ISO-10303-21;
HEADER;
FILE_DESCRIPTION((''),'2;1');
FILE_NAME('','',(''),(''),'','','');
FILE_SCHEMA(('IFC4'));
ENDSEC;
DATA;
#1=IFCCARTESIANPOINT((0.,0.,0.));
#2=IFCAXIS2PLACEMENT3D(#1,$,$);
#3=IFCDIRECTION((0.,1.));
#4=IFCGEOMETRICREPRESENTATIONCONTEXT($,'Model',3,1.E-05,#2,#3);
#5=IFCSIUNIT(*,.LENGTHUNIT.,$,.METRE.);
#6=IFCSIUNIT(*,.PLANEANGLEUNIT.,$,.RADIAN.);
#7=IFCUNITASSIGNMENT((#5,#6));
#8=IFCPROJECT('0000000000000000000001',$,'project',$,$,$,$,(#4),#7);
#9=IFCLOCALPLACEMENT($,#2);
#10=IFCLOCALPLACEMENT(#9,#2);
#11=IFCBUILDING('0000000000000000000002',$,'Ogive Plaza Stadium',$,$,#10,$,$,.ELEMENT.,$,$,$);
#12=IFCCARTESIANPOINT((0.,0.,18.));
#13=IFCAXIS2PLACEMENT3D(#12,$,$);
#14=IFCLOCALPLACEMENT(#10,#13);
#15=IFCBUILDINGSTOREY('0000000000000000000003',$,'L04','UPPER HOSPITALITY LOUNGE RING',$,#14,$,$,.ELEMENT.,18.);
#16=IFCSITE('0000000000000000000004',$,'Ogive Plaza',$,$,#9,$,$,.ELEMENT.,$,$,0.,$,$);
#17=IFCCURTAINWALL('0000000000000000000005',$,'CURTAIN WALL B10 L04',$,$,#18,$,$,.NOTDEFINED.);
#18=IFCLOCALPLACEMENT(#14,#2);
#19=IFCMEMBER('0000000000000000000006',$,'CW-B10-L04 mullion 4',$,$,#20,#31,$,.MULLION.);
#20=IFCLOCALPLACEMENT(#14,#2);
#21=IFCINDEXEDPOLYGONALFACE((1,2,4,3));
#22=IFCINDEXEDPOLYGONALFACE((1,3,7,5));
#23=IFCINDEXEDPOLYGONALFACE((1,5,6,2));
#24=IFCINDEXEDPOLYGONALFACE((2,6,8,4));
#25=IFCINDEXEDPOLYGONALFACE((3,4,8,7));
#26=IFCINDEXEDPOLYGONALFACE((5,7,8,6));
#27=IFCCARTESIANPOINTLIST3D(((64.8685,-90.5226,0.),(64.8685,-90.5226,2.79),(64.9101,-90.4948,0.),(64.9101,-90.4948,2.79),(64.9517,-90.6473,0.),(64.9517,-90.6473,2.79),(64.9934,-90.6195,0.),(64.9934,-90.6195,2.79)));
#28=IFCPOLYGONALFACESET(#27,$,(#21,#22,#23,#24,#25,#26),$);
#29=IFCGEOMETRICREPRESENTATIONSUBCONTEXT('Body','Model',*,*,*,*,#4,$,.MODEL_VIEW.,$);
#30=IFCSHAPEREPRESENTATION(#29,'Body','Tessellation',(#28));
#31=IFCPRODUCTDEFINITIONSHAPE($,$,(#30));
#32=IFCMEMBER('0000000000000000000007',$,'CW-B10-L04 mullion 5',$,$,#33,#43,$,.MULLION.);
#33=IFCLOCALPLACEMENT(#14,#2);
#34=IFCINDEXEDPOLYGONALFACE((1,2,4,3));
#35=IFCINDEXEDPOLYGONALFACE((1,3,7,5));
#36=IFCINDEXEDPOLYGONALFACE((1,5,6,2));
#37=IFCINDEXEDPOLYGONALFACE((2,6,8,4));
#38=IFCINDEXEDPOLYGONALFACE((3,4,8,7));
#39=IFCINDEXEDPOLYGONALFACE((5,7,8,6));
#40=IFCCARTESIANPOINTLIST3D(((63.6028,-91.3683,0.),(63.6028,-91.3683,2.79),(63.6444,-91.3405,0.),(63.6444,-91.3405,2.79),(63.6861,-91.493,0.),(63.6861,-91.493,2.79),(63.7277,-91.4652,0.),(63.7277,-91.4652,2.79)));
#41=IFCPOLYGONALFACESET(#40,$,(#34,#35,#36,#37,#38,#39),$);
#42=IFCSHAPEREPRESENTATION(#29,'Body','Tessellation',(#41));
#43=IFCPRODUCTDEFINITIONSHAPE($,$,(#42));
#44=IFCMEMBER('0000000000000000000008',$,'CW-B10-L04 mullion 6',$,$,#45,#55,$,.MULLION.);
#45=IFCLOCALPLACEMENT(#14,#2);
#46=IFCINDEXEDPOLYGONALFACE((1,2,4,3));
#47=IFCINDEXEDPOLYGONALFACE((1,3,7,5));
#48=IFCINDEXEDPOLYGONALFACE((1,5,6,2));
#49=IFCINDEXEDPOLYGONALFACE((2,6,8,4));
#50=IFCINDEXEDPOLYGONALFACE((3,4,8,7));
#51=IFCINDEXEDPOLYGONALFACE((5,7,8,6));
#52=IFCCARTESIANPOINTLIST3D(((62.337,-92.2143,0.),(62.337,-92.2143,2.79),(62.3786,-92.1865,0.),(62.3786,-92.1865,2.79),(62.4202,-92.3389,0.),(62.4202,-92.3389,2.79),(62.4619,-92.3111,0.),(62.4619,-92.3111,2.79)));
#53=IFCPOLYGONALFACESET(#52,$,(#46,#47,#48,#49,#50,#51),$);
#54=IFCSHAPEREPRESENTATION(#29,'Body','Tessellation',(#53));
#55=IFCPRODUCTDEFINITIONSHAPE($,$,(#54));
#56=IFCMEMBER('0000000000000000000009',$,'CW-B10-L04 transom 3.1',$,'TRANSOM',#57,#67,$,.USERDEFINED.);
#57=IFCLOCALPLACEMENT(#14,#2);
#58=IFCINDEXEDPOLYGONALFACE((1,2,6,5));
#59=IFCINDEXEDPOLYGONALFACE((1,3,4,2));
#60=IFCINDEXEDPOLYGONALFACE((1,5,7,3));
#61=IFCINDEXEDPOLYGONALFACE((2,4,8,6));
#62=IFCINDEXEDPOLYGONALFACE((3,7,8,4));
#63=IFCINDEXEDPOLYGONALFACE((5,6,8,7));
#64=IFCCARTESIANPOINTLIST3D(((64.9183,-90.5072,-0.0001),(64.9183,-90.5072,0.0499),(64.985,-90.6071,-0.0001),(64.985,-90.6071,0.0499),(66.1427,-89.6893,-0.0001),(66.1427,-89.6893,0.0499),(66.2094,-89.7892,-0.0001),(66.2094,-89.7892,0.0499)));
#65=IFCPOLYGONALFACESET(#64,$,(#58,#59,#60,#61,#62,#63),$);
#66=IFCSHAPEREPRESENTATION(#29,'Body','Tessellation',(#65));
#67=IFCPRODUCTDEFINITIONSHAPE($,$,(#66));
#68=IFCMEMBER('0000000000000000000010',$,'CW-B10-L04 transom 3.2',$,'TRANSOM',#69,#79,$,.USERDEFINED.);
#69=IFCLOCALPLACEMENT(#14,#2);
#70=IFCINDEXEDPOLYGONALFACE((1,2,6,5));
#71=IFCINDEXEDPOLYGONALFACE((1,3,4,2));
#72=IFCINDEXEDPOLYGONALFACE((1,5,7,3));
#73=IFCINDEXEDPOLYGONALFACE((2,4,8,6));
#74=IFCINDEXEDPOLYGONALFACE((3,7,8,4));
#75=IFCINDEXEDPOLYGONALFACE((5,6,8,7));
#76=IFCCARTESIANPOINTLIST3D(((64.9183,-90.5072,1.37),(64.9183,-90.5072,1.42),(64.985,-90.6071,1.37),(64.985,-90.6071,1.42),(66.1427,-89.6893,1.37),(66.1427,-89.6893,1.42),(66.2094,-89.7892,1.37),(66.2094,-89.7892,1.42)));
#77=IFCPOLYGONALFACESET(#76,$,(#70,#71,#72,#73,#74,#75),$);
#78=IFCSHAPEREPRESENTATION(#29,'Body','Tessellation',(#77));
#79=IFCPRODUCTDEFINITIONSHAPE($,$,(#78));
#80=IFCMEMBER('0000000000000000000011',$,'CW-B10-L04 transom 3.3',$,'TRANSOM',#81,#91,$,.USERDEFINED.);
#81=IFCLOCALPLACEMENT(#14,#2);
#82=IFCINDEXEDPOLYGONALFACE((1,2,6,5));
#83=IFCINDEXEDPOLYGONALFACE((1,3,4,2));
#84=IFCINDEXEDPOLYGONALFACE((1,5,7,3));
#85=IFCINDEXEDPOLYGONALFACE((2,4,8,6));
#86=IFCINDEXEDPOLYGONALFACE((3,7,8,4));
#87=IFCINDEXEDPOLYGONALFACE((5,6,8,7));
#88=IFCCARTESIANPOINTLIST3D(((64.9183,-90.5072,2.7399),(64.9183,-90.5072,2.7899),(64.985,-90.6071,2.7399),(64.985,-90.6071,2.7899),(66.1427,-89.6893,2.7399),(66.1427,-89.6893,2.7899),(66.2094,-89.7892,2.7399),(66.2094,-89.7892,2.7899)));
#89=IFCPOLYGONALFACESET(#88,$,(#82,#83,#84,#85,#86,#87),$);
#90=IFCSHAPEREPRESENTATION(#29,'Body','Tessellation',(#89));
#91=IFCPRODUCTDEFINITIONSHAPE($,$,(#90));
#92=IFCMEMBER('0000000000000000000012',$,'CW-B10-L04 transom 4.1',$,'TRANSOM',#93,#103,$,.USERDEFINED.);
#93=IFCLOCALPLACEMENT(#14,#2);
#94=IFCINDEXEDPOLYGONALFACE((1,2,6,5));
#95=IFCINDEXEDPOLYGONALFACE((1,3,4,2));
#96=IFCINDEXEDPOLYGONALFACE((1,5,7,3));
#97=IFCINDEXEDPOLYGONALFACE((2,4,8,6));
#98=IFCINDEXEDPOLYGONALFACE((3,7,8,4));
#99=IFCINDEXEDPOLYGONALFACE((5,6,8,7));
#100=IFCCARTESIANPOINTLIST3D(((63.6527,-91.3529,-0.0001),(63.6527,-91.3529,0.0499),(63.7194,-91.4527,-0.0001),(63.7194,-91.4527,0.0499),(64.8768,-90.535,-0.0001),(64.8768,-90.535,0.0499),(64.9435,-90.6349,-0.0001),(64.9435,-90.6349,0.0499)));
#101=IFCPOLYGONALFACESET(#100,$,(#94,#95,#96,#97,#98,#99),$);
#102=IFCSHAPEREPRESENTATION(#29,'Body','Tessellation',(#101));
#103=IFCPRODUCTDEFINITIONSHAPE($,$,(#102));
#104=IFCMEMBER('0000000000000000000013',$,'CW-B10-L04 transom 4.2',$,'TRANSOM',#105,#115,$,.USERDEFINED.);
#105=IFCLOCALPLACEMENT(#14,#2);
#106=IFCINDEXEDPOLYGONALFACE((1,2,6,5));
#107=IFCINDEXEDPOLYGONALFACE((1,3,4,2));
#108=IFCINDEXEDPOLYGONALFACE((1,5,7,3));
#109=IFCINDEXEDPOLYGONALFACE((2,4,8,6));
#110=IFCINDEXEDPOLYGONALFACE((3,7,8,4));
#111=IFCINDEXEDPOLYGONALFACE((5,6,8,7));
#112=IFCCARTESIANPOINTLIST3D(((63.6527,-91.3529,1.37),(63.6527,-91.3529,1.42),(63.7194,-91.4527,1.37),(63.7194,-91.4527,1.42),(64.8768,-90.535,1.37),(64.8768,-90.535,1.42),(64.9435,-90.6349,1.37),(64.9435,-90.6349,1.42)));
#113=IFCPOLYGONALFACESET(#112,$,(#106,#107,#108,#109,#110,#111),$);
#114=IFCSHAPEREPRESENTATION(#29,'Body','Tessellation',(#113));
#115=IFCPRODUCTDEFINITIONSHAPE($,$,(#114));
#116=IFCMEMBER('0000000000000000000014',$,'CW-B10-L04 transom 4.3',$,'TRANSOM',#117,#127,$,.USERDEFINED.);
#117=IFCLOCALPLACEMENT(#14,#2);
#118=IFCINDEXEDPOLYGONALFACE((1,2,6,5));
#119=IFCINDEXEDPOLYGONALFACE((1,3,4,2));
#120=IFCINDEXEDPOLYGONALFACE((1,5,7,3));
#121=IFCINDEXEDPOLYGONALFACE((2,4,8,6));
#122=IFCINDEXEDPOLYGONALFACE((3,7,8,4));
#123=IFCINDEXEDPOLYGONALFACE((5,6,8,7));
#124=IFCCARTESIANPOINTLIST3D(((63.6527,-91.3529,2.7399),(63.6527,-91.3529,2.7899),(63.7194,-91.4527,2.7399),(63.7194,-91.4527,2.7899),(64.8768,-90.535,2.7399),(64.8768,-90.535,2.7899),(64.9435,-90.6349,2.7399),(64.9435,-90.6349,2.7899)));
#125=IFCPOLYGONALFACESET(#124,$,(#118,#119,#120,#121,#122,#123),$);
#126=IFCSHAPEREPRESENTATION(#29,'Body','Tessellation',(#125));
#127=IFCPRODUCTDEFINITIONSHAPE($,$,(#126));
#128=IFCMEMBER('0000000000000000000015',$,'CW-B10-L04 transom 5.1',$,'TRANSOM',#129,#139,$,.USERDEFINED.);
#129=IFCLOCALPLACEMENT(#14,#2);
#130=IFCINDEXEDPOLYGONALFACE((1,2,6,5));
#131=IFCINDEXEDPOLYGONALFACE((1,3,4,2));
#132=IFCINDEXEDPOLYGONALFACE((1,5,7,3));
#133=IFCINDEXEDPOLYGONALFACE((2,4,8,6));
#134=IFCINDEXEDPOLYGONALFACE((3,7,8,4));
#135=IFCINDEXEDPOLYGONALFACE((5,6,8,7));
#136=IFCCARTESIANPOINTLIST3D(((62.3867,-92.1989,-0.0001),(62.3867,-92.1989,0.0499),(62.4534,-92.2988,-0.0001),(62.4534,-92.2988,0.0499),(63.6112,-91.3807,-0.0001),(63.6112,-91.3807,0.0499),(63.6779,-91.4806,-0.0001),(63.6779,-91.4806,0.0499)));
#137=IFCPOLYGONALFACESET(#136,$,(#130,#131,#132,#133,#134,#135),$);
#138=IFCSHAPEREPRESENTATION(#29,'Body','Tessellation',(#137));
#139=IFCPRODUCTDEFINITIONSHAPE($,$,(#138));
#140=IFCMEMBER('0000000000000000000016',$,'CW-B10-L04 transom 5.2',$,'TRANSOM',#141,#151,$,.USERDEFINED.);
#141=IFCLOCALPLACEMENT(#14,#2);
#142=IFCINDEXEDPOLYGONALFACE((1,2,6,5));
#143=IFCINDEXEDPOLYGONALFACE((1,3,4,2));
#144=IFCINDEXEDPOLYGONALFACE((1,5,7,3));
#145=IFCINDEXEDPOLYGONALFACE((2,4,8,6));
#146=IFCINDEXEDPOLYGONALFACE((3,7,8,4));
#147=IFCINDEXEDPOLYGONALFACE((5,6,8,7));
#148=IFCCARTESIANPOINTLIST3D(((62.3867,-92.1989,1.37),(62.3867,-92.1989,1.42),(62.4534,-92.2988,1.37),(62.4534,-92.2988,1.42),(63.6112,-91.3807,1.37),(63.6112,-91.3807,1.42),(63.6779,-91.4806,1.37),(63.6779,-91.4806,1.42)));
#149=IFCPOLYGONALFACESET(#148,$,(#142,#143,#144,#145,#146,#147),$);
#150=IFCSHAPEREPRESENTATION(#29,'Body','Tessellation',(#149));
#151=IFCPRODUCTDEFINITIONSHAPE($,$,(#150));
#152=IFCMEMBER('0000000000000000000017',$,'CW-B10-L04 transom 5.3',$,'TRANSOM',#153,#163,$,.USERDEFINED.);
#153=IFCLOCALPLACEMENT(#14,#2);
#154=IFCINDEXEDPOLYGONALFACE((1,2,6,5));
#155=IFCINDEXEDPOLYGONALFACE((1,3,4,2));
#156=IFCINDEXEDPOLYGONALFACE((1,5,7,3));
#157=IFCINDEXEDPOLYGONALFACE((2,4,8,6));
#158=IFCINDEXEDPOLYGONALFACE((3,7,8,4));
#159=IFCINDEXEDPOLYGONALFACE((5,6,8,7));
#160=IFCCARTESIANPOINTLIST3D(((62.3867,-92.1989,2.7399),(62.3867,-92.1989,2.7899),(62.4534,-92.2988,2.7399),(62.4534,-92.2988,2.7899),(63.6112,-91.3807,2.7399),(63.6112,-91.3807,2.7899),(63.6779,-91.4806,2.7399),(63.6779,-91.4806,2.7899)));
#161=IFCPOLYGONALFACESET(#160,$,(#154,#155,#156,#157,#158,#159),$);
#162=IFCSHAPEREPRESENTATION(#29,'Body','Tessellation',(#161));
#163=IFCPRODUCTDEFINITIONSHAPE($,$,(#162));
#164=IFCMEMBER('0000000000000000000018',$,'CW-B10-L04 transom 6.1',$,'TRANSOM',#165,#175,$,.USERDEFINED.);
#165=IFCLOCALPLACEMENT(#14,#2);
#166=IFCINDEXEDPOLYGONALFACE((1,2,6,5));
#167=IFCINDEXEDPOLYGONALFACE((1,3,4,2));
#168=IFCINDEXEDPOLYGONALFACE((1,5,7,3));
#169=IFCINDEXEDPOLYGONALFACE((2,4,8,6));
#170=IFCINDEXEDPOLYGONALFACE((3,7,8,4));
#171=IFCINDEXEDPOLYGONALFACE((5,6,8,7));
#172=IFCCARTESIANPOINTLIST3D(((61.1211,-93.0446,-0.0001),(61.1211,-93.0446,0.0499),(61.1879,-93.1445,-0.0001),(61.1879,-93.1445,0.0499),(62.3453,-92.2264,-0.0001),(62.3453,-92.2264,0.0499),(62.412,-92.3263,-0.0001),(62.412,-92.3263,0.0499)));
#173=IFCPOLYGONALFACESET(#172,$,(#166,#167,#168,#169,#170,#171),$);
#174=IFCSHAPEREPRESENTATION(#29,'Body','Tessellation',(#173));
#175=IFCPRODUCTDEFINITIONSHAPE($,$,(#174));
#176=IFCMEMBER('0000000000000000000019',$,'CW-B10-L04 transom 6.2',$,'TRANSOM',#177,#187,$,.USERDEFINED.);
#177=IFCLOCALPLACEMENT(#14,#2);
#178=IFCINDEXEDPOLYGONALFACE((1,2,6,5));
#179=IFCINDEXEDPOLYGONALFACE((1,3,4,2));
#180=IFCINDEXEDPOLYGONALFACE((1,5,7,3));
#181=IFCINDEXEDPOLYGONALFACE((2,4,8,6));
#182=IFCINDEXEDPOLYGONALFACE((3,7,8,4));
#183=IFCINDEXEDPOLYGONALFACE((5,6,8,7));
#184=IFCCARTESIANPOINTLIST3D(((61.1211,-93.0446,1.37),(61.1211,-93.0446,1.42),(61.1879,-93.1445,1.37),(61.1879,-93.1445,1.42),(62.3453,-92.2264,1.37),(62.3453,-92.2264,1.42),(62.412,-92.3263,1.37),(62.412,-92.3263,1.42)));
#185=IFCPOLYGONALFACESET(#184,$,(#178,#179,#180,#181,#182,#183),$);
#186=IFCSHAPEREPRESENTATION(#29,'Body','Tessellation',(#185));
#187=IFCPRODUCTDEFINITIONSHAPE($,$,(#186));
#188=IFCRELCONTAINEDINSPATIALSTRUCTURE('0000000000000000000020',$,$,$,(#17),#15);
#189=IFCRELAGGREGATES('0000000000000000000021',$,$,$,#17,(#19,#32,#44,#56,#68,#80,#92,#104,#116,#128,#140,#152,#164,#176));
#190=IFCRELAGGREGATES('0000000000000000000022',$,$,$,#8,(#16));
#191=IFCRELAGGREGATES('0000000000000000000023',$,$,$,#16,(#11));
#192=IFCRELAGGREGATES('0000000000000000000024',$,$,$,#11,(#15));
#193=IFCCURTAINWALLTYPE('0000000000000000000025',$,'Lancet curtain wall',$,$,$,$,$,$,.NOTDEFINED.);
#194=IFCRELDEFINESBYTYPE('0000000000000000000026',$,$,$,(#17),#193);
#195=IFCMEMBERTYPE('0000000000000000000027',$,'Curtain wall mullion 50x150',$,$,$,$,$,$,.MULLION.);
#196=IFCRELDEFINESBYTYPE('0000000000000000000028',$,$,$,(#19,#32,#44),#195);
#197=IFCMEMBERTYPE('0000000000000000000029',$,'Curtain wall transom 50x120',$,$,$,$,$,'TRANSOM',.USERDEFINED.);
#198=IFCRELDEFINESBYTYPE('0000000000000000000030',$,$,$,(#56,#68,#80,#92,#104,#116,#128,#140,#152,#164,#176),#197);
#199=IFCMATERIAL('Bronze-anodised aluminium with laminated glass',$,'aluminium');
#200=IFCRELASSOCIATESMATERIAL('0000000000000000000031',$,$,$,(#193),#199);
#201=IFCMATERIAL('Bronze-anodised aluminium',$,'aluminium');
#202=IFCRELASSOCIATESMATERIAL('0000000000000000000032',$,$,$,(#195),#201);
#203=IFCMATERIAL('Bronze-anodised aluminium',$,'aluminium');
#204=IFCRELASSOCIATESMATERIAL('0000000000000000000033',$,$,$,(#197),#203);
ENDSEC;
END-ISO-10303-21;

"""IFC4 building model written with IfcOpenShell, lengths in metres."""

from ifc_helpers import new_model, si_unit, direction, frame, origin, origin_2d, place, context, subcontext, project, spatial, rectangle, extrude, material, material_profile, profile_set, type_object, element, aggregate, save


model = new_model("IFC4")

# Units and contexts
model_context = context("Model", 3, precision=1e-05, world=origin(), true_north=direction((0.0, 1.0)))
body_context = subcontext(model_context, "Body", "Model", "MODEL_VIEW")
ifc_project = project(units=[si_unit("LENGTHUNIT", "METRE"), si_unit("PLANEANGLEUNIT", "RADIAN")], contexts=[model_context])

# Site, building, storey
site_placement = place(None, origin())
site = spatial("IfcSite", under=ifc_project, at=site_placement, Name="Ogive Plaza", CompositionType="ELEMENT", RefElevation=0.0)
building_placement = place(site_placement, origin())
building = spatial("IfcBuilding", under=site, at=building_placement, Name="Ogive Plaza Stadium", CompositionType="ELEMENT")
storey_placement = place(building_placement, frame((0.0, 0.0, 18.0)))
storey = spatial("IfcBuildingStorey", under=building, at=storey_placement, Name="L04", Description="UPPER HOSPITALITY LOUNGE RING", CompositionType="ELEMENT", Elevation=18.0)

# Curtain wall, members
ifc_material_1 = material(Name="Bronze-anodised aluminium with laminated glass", Category="aluminium")
curtain_wall_type = type_object("IfcCurtainWallType", Name="Lancet curtain wall", PredefinedType="NOTDEFINED", material=ifc_material_1)
curtain_wall_placement = place(storey_placement, origin())
curtain_wall = element("IfcCurtainWall", 1, at=curtain_wall_placement, inside=storey, type_object=curtain_wall_type, Name="CURTAIN WALL B10 L04", PredefinedType="NOTDEFINED")
ifc_material_2 = material(Name="Bronze-anodised aluminium", Category="aluminium")
ifc_material_profile_1 = material_profile(ifc_material_2, rectangle(XDim=0.1499, YDim=0.05, at=origin_2d()), Name="AL 150x50")
ifc_profile_set_1 = profile_set([ifc_material_profile_1], Name="Bronze-anodised aluminium")
member_type_1 = type_object("IfcMemberType", Name="Curtain wall mullion 50x150", PredefinedType="MULLION", material=ifc_profile_set_1)
member_1_placement = place(storey_placement, frame((64.9309, -90.571, 0.0), z_axis=(0.0, 0.0, 1.0), x_axis=(0.55557, -0.83147, 0.0)))
member_1 = element("IfcMember", 2, at=member_1_placement, type_object=member_type_1, Name="CW-B10-L04 mullion 4", PredefinedType="MULLION", context=body_context, shape_type="SweptSolid", body=[
    extrude(rectangle(XDim=0.1499, YDim=0.05, at=origin_2d()), origin(), (0.0, 0.0, 1.0), 2.79),
])
member_2_placement = place(storey_placement, frame((63.6653, -91.4167, 0.0), z_axis=(0.0, 0.0, 1.0), x_axis=(0.55557, -0.83147, 0.0)))
member_2 = element("IfcMember", 3, at=member_2_placement, type_object=member_type_1, Name="CW-B10-L04 mullion 5", PredefinedType="MULLION", context=body_context, shape_type="SweptSolid", body=[
    extrude(rectangle(XDim=0.1499, YDim=0.05, at=origin_2d()), origin(), (0.0, 0.0, 1.0), 2.79),
])
member_3_placement = place(storey_placement, frame((62.3994, -92.2627, 0.0), z_axis=(0.0, 0.0, 1.0), x_axis=(0.55557, -0.83147, 0.0)))
member_3 = element("IfcMember", 4, at=member_3_placement, type_object=member_type_1, Name="CW-B10-L04 mullion 6", PredefinedType="MULLION", context=body_context, shape_type="SweptSolid", body=[
    extrude(rectangle(XDim=0.1499, YDim=0.05, at=origin_2d()), origin(), (0.0, 0.0, 1.0), 2.79),
])
ifc_material_3 = material(Name="Bronze-anodised aluminium", Category="aluminium")
ifc_material_profile_2 = material_profile(ifc_material_3, rectangle(XDim=0.1201, YDim=0.05, at=origin_2d()), Name="AL 120x50")
ifc_profile_set_2 = profile_set([ifc_material_profile_2], Name="Bronze-anodised aluminium")
member_type_2 = type_object("IfcMemberType", Name="Curtain wall transom 50x120", ElementType="TRANSOM", PredefinedType="USERDEFINED", material=ifc_profile_set_2)
member_4_placement = place(storey_placement, frame((66.176, -89.7393, 0.0249), z_axis=(-0.83154, -0.555465, 0.0), x_axis=(0.555465, -0.83154, 0.0)))
member_4 = element("IfcMember", 5, at=member_4_placement, type_object=member_type_2, Name="CW-B10-L04 transom 3.1", ObjectType="TRANSOM", PredefinedType="USERDEFINED", context=body_context, shape_type="SweptSolid", body=[
    extrude(rectangle(XDim=0.1201, YDim=0.05, at=origin_2d()), origin(), (0.0, 0.0, 1.0), 1.4724),
])
member_5_placement = place(storey_placement, frame((66.176, -89.7393, 1.395), z_axis=(-0.83154, -0.555465, 0.0), x_axis=(0.555465, -0.83154, 0.0)))
member_5 = element("IfcMember", 6, at=member_5_placement, type_object=member_type_2, Name="CW-B10-L04 transom 3.2", ObjectType="TRANSOM", PredefinedType="USERDEFINED", context=body_context, shape_type="SweptSolid", body=[
    extrude(rectangle(XDim=0.1201, YDim=0.05, at=origin_2d()), origin(), (0.0, 0.0, 1.0), 1.4724),
])
member_6_placement = place(storey_placement, frame((66.176, -89.7393, 2.7649), z_axis=(-0.83154, -0.555465, 0.0), x_axis=(0.555465, -0.83154, 0.0)))
member_6 = element("IfcMember", 7, at=member_6_placement, type_object=member_type_2, Name="CW-B10-L04 transom 3.3", ObjectType="TRANSOM", PredefinedType="USERDEFINED", context=body_context, shape_type="SweptSolid", body=[
    extrude(rectangle(XDim=0.1201, YDim=0.05, at=origin_2d()), origin(), (0.0, 0.0, 1.0), 1.4724),
])
member_7_placement = place(storey_placement, frame((64.9102, -90.585, 0.0249), z_axis=(-0.831489, -0.555542, 0.0), x_axis=(0.555542, -0.831489, 0.0)))
member_7 = element("IfcMember", 8, at=member_7_placement, type_object=member_type_2, Name="CW-B10-L04 transom 4.1", ObjectType="TRANSOM", PredefinedType="USERDEFINED", context=body_context, shape_type="SweptSolid", body=[
    extrude(rectangle(XDim=0.1201, YDim=0.05, at=origin_2d()), origin(), (0.0, 0.0, 1.0), 1.4722),
])
member_8_placement = place(storey_placement, frame((64.9102, -90.585, 1.395), z_axis=(-0.831489, -0.555542, 0.0), x_axis=(0.555542, -0.831489, 0.0)))
member_8 = element("IfcMember", 9, at=member_8_placement, type_object=member_type_2, Name="CW-B10-L04 transom 4.2", ObjectType="TRANSOM", PredefinedType="USERDEFINED", context=body_context, shape_type="SweptSolid", body=[
    extrude(rectangle(XDim=0.1201, YDim=0.05, at=origin_2d()), origin(), (0.0, 0.0, 1.0), 1.4722),
])
member_9_placement = place(storey_placement, frame((64.9102, -90.585, 2.7649), z_axis=(-0.831489, -0.555542, 0.0), x_axis=(0.555542, -0.831489, 0.0)))
member_9 = element("IfcMember", 10, at=member_9_placement, type_object=member_type_2, Name="CW-B10-L04 transom 4.3", ObjectType="TRANSOM", PredefinedType="USERDEFINED", context=body_context, shape_type="SweptSolid", body=[
    extrude(rectangle(XDim=0.1201, YDim=0.05, at=origin_2d()), origin(), (0.0, 0.0, 1.0), 1.4722),
])
member_10_placement = place(storey_placement, frame((63.6445, -91.4307, 0.0249), z_axis=(-0.831463, -0.55558, 0.0), x_axis=(0.55558, -0.831463, 0.0)))
member_10 = element("IfcMember", 11, at=member_10_placement, type_object=member_type_2, Name="CW-B10-L04 transom 5.1", ObjectType="TRANSOM", PredefinedType="USERDEFINED", context=body_context, shape_type="SweptSolid", body=[
    extrude(rectangle(XDim=0.1201, YDim=0.05, at=origin_2d()), origin(), (0.0, 0.0, 1.0), 1.4727),
])
member_11_placement = place(storey_placement, frame((63.6445, -91.4307, 1.395), z_axis=(-0.831463, -0.55558, 0.0), x_axis=(0.55558, -0.831463, 0.0)))
member_11 = element("IfcMember", 12, at=member_11_placement, type_object=member_type_2, Name="CW-B10-L04 transom 5.2", ObjectType="TRANSOM", PredefinedType="USERDEFINED", context=body_context, shape_type="SweptSolid", body=[
    extrude(rectangle(XDim=0.1201, YDim=0.05, at=origin_2d()), origin(), (0.0, 0.0, 1.0), 1.4727),
])
member_12_placement = place(storey_placement, frame((63.6445, -91.4307, 2.7649), z_axis=(-0.831463, -0.55558, 0.0), x_axis=(0.55558, -0.831463, 0.0)))
member_12 = element("IfcMember", 13, at=member_12_placement, type_object=member_type_2, Name="CW-B10-L04 transom 5.3", ObjectType="TRANSOM", PredefinedType="USERDEFINED", context=body_context, shape_type="SweptSolid", body=[
    extrude(rectangle(XDim=0.1201, YDim=0.05, at=origin_2d()), origin(), (0.0, 0.0, 1.0), 1.4727),
])
member_13_placement = place(storey_placement, frame((62.3787, -92.2764, 0.0249), z_axis=(-0.831412, -0.555656, 0.0), x_axis=(0.555656, -0.831412, 0.0)))
member_13 = element("IfcMember", 14, at=member_13_placement, type_object=member_type_2, Name="CW-B10-L04 transom 6.1", ObjectType="TRANSOM", PredefinedType="USERDEFINED", context=body_context, shape_type="SweptSolid", body=[
    extrude(rectangle(XDim=0.1201, YDim=0.05, at=origin_2d()), origin(), (0.0, 0.0, 1.0), 1.4724),
])
member_14_placement = place(storey_placement, frame((62.3787, -92.2764, 1.395), z_axis=(-0.831412, -0.555656, 0.0), x_axis=(0.555656, -0.831412, 0.0)))
member_14 = element("IfcMember", 15, at=member_14_placement, type_object=member_type_2, Name="CW-B10-L04 transom 6.2", ObjectType="TRANSOM", PredefinedType="USERDEFINED", context=body_context, shape_type="SweptSolid", body=[
    extrude(rectangle(XDim=0.1201, YDim=0.05, at=origin_2d()), origin(), (0.0, 0.0, 1.0), 1.4724),
])
aggregate(curtain_wall, [member_1, member_2, member_3, member_4, member_5, member_6, member_7, member_8, member_9, member_10, member_11, member_12, member_13, member_14])

save(model, "model.ifc")
